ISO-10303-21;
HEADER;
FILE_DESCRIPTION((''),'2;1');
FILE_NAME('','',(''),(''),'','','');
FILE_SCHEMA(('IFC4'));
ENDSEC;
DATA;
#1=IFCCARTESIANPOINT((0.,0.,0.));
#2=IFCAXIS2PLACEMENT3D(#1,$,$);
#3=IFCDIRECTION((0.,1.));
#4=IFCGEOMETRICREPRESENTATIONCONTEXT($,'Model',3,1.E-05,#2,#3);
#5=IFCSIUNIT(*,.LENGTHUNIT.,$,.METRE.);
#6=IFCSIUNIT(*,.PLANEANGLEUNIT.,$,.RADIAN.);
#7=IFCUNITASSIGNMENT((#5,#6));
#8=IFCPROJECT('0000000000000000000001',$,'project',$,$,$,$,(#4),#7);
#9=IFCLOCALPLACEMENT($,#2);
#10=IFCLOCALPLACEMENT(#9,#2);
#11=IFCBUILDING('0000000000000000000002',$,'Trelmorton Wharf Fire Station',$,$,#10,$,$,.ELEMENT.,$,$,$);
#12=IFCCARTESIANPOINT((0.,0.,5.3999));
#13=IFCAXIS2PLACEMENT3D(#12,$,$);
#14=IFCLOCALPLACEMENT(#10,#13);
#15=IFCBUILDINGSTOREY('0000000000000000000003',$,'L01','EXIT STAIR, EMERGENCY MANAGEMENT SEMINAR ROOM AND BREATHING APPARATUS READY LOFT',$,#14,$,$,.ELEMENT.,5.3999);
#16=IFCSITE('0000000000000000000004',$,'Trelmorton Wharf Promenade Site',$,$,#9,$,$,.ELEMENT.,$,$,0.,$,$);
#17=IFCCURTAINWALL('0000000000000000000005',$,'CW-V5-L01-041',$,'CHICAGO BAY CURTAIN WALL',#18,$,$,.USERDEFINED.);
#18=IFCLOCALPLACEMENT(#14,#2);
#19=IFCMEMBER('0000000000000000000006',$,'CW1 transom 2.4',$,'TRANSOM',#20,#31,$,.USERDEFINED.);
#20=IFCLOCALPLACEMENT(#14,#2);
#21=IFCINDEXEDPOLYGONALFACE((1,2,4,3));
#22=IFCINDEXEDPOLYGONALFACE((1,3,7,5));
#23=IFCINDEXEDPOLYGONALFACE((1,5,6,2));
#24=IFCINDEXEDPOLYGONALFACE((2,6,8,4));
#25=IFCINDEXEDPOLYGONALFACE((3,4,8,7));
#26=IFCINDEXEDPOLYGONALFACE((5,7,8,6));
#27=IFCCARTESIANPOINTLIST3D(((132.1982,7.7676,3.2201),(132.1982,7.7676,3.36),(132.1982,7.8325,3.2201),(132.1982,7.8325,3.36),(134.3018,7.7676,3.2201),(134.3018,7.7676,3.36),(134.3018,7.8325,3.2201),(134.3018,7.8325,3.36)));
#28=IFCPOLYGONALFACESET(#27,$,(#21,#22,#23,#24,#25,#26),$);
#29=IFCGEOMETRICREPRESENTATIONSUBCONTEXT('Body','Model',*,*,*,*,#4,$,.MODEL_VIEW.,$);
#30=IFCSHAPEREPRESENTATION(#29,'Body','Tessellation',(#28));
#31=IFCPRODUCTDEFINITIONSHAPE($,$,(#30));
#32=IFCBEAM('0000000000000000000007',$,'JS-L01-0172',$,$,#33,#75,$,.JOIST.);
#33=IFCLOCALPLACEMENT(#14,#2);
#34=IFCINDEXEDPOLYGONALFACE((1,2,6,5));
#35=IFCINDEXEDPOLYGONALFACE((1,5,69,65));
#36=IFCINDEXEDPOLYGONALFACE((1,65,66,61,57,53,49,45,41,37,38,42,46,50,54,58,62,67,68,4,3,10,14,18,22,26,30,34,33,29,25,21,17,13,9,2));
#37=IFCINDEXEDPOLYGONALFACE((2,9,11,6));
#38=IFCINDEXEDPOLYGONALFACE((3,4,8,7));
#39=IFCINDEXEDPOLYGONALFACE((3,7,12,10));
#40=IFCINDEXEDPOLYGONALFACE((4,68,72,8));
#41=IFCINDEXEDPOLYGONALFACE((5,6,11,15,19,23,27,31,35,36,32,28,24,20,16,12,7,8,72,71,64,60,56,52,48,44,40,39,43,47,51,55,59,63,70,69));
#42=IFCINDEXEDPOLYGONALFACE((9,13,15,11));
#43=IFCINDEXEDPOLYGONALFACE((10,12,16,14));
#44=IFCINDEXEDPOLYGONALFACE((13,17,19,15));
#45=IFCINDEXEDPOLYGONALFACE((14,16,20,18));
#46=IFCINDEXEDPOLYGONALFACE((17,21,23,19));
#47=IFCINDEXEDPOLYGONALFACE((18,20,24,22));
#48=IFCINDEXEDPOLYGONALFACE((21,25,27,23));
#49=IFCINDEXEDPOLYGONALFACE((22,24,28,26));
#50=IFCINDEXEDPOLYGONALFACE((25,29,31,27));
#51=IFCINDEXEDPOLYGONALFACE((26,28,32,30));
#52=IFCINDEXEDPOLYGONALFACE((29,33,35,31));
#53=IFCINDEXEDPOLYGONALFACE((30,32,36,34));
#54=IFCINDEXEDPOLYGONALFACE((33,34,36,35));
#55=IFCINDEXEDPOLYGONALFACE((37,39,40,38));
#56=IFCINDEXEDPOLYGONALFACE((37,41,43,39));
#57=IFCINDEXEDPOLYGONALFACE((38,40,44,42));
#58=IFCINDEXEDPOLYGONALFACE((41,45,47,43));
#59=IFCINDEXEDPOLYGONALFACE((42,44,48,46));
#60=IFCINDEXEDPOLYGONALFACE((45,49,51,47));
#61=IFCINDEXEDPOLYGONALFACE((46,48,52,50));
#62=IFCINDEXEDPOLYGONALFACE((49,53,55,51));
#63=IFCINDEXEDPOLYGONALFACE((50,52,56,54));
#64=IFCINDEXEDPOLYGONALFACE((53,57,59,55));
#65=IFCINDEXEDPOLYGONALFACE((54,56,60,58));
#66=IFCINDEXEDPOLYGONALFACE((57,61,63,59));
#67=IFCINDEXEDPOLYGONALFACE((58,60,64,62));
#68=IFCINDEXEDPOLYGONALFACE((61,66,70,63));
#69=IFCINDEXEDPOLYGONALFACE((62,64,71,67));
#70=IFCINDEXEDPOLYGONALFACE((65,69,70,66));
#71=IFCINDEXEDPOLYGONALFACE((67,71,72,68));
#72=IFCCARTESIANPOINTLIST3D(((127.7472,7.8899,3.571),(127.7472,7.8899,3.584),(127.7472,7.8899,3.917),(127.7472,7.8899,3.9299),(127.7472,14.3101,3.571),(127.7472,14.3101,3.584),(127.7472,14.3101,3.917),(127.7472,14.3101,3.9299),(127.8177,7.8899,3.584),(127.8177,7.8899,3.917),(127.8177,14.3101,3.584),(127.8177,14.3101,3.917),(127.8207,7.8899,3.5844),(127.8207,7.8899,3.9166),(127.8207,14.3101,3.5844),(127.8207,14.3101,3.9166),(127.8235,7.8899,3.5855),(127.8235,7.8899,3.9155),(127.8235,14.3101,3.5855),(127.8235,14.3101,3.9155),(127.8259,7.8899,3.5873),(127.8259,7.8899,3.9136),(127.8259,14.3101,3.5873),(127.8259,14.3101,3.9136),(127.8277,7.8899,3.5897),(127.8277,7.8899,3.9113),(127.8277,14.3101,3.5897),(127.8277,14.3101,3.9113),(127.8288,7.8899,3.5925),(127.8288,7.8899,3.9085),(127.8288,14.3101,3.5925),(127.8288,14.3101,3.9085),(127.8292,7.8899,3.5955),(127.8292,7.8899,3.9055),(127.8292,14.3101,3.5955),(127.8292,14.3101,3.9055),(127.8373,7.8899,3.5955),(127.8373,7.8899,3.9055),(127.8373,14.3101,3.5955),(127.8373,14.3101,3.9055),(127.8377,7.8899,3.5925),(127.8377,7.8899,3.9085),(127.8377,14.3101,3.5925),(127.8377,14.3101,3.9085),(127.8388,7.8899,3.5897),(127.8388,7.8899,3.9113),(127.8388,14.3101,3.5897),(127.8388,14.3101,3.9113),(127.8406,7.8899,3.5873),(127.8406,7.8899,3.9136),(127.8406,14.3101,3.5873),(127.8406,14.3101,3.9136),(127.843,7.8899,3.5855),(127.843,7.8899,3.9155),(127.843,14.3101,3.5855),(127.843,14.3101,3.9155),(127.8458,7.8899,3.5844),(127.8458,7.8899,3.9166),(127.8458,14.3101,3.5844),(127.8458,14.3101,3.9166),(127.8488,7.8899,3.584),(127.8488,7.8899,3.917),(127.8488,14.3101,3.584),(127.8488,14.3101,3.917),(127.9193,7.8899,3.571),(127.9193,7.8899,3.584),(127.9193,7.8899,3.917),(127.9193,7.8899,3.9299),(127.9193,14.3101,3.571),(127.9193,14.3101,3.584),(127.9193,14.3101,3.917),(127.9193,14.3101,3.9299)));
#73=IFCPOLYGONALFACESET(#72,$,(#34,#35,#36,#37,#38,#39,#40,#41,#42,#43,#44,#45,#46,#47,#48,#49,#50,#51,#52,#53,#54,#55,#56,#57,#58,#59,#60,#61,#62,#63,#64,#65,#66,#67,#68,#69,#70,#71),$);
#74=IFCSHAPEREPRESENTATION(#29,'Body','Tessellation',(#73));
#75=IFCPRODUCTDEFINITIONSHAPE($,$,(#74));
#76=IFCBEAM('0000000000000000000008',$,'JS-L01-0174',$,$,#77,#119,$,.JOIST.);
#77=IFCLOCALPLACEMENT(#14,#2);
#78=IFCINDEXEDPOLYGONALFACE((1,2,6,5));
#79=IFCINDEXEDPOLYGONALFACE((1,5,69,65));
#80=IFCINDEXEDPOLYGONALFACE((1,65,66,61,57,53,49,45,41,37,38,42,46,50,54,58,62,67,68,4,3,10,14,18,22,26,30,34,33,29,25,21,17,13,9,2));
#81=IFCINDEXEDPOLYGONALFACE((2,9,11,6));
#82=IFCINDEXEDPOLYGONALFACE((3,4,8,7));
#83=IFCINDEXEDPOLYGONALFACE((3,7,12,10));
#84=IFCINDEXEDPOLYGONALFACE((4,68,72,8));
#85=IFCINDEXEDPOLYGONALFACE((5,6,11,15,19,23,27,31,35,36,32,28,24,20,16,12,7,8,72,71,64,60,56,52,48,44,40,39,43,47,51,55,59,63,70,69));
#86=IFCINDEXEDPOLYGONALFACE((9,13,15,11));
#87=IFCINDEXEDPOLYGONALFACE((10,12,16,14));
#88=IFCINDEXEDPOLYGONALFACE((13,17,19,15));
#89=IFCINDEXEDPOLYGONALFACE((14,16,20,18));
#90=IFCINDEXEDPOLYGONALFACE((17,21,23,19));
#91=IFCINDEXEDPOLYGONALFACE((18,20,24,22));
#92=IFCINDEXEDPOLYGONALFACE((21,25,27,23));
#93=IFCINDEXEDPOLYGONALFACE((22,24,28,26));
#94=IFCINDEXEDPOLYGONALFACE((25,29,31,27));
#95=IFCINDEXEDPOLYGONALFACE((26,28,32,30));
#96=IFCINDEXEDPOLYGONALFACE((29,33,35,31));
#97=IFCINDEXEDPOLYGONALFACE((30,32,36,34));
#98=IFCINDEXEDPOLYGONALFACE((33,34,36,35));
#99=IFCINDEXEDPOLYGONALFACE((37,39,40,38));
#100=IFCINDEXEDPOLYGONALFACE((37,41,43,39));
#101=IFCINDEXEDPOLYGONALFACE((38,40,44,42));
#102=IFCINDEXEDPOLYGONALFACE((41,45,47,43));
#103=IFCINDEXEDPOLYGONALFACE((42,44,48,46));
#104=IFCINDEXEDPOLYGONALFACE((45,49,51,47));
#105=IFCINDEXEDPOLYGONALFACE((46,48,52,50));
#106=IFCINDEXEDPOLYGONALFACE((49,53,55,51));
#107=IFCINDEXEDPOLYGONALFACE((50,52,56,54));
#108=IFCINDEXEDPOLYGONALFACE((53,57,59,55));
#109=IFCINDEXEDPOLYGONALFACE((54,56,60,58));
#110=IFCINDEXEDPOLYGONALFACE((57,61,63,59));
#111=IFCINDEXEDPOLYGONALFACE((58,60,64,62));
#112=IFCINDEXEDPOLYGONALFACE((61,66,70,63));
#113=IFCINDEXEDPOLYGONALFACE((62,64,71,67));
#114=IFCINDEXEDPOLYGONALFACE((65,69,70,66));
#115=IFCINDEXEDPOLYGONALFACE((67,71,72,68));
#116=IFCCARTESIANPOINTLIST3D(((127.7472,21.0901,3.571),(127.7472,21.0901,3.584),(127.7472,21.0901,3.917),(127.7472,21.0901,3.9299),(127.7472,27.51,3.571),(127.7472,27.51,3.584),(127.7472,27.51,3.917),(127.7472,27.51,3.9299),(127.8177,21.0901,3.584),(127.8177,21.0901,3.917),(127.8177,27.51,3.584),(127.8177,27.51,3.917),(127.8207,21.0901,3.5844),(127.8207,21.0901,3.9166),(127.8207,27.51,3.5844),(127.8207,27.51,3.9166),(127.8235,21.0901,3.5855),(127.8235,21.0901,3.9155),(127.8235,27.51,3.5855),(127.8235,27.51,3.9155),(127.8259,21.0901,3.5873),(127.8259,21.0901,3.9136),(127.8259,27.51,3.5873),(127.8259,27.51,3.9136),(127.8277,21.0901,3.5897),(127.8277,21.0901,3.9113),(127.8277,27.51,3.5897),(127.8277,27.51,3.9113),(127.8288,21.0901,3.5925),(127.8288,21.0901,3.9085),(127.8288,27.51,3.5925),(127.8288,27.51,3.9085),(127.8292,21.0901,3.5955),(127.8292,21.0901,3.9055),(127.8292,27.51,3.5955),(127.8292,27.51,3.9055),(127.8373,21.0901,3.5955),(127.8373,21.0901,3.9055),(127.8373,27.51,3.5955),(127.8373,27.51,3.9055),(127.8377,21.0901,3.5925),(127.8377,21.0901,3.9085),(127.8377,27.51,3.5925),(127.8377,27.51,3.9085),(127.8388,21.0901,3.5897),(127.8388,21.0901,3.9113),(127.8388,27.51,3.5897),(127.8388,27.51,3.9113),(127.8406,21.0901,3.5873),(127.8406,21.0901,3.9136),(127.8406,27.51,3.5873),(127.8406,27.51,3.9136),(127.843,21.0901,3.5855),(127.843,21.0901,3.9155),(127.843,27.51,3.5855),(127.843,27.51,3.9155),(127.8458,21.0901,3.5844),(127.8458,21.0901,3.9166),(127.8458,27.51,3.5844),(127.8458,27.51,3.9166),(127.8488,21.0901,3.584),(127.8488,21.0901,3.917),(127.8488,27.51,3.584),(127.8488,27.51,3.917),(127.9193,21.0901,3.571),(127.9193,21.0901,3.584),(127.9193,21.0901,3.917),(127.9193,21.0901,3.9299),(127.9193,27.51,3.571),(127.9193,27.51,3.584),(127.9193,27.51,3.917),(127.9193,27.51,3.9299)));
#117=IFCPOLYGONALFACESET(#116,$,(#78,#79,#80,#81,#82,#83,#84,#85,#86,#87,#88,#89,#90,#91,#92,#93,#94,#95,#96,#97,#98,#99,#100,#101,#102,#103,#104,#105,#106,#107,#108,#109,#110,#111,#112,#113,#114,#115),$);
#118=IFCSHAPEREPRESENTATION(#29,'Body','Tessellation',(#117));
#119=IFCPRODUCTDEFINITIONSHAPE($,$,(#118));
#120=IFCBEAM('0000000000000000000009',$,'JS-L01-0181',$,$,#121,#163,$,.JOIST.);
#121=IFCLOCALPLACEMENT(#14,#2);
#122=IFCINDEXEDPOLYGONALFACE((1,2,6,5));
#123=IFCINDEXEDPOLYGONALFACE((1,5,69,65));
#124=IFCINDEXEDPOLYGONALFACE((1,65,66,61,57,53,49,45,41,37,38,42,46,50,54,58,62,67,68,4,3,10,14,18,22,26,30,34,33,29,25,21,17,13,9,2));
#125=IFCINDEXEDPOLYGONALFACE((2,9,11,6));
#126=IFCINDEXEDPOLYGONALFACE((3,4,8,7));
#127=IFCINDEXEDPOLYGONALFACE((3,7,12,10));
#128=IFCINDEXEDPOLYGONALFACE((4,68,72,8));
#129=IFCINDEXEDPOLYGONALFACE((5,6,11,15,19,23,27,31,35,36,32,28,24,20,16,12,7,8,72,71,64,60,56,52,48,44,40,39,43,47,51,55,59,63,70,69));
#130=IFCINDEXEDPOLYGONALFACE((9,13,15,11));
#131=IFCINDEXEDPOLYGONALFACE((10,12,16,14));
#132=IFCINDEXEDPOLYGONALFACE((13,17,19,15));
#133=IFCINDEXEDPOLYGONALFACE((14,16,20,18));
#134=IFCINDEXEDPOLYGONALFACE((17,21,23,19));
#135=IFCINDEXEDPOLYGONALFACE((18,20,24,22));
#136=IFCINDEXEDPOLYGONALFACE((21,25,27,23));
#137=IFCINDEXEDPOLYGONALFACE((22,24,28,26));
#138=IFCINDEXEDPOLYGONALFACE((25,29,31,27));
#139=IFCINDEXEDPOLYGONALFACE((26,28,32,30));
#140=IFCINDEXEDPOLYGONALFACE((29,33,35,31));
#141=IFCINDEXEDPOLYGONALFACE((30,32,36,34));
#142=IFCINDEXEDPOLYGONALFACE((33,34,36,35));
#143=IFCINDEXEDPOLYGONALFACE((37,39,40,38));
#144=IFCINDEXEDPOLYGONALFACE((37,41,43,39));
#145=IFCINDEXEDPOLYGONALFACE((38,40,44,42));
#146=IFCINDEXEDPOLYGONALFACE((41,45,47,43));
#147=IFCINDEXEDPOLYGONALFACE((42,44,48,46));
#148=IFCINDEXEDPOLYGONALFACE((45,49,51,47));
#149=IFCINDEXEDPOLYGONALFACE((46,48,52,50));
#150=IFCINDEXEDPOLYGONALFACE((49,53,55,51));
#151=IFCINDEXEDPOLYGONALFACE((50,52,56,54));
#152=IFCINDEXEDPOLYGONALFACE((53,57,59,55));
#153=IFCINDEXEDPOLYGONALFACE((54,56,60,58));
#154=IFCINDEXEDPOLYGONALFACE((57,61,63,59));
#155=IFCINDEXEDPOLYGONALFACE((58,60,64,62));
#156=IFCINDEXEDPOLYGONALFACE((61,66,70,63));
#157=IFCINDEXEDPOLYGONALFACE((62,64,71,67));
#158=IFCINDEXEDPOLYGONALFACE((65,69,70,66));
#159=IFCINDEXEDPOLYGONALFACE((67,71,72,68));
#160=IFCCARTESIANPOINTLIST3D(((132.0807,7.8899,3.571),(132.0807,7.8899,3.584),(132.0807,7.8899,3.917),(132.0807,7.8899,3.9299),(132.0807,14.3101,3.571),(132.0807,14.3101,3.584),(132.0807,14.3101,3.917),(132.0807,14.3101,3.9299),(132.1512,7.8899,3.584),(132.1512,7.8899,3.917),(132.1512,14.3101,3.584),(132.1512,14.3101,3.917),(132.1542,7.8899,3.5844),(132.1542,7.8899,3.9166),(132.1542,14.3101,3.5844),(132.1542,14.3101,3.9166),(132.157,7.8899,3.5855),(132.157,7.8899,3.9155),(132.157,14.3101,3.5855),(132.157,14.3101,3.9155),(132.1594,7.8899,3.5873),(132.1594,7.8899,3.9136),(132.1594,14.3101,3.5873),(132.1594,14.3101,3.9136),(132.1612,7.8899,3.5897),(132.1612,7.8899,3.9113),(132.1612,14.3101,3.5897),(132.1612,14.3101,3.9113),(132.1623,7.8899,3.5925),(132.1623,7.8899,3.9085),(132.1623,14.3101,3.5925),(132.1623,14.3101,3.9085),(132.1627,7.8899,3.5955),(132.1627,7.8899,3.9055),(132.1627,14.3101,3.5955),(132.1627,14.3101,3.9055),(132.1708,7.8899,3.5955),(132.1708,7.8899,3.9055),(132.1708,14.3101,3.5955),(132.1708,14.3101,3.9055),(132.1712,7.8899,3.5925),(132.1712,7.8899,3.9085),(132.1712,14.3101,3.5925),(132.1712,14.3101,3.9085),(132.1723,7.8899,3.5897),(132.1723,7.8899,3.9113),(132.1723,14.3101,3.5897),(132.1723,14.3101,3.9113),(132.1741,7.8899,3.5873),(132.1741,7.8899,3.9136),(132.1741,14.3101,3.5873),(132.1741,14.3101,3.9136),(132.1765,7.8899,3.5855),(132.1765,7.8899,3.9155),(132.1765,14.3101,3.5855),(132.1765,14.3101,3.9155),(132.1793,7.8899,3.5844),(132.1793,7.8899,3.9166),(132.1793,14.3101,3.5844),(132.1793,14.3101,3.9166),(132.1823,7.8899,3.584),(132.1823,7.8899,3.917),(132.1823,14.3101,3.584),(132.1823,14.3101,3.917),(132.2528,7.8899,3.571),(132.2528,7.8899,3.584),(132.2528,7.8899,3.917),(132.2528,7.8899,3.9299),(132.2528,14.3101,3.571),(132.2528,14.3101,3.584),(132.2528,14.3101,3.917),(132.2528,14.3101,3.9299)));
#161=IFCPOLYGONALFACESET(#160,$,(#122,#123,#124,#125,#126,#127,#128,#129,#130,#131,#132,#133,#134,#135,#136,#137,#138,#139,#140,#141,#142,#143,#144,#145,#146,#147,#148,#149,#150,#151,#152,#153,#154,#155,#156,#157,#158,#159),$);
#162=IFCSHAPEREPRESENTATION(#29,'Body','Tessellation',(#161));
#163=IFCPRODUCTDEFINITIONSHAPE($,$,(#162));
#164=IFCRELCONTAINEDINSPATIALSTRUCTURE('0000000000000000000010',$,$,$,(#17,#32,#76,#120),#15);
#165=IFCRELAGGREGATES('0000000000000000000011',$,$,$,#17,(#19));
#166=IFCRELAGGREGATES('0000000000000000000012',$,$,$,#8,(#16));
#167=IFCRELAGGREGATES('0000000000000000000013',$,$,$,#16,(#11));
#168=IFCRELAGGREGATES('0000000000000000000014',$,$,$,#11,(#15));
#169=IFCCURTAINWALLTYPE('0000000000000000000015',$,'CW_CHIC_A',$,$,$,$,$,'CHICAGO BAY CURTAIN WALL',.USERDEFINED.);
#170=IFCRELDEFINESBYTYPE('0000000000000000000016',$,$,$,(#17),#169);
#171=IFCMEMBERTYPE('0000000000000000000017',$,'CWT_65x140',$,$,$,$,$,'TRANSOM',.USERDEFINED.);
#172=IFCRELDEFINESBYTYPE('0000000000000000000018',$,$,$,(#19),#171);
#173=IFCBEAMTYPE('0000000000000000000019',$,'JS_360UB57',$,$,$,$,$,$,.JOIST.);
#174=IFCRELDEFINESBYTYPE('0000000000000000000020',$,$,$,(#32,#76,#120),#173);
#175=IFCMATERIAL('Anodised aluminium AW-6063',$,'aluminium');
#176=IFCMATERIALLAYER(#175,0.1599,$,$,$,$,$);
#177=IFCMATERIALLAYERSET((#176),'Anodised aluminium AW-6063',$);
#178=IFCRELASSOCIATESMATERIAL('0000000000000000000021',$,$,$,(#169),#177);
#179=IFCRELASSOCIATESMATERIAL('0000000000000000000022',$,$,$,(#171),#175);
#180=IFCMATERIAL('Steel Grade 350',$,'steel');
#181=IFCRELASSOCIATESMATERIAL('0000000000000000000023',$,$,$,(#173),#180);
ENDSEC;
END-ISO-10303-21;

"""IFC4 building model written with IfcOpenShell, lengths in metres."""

from ifc_helpers import new_model, si_unit, direction, frame, origin, origin_2d, place, context, subcontext, project, spatial, rectangle, i_section, extrude, material, layer, layer_set, material_profile, profile_set, type_object, element, aggregate, save


model = new_model("IFC4")

# Units and contexts
model_context = context("Model", 3, precision=1e-05, world=origin(), true_north=direction((0.0, 1.0)))
body_context = subcontext(model_context, "Body", "Model", "MODEL_VIEW")
ifc_project = project(units=[si_unit("LENGTHUNIT", "METRE"), si_unit("PLANEANGLEUNIT", "RADIAN")], contexts=[model_context])

# Site, building, storey
site_placement = place(None, origin())
site = spatial("IfcSite", under=ifc_project, at=site_placement, Name="Trelmorton Wharf Promenade Site", CompositionType="ELEMENT", RefElevation=0.0)
building_placement = place(site_placement, origin())
building = spatial("IfcBuilding", under=site, at=building_placement, Name="Trelmorton Wharf Fire Station", CompositionType="ELEMENT")
storey_placement = place(building_placement, frame((0.0, 0.0, 5.3999)))
storey = spatial("IfcBuildingStorey", under=building, at=storey_placement, Name="L01", Description="EXIT STAIR, EMERGENCY MANAGEMENT SEMINAR ROOM AND BREATHING APPARATUS READY LOFT", CompositionType="ELEMENT", Elevation=5.3999)

# Shared definitions
ifc_material_1 = material(Name="Steel Grade 350", Category="steel")

# Curtain wall, member
ifc_material_2 = material(Name="Anodised aluminium AW-6063", Category="aluminium")
ifc_layer_1 = layer(ifc_material_2, 0.1599)
ifc_layer_set_1 = layer_set([ifc_layer_1], Name="Anodised aluminium AW-6063")
curtain_wall_type = type_object("IfcCurtainWallType", Name="CW_CHIC_A", ElementType="CHICAGO BAY CURTAIN WALL", PredefinedType="USERDEFINED", material=ifc_layer_set_1)
curtain_wall_placement = place(storey_placement, origin())
curtain_wall = element("IfcCurtainWall", 1, at=curtain_wall_placement, inside=storey, type_object=curtain_wall_type, Name="CW-V5-L01-041", ObjectType="CHICAGO BAY CURTAIN WALL", PredefinedType="USERDEFINED")
ifc_material_profile_1 = material_profile(ifc_material_2, rectangle(XDim=0.0649, YDim=0.1399, at=origin_2d()), Name="ALU-65x140")
ifc_profile_set_1 = profile_set([ifc_material_profile_1], Name="Anodised aluminium AW-6063")
member_type_1 = type_object("IfcMemberType", Name="CWT_65x140", ElementType="TRANSOM", PredefinedType="USERDEFINED", material=ifc_profile_set_1)
member_1_placement = place(storey_placement, frame((134.3018, 7.8, 3.29), z_axis=(-1.0, 0.0, 0.0), x_axis=(0.0, -1.0, 0.0)))
member_1 = element("IfcMember", 2, at=member_1_placement, type_object=member_type_1, Name="CW1 transom 2.4", ObjectType="TRANSOM", PredefinedType="USERDEFINED", context=body_context, shape_type="SweptSolid", body=[
    extrude(rectangle(XDim=0.0649, YDim=0.1399, at=origin_2d()), origin(), (0.0, 0.0, 1.0), 2.1035),
])

# Beams
ifc_material_profile_2 = material_profile(ifc_material_1, i_section(OverallWidth=0.1721, OverallDepth=0.3589, WebThickness=0.0081, FlangeThickness=0.0129, FilletRadius=0.0115, at=origin_2d()), Name="360UB56.7")
ifc_profile_set_2 = profile_set([ifc_material_profile_2], Name="Steel Grade 350")
beam_type_1 = type_object("IfcBeamType", Name="JS_360UB57", PredefinedType="JOIST", material=ifc_profile_set_2)
beam_1_placement = place(storey_placement, frame((127.8333, 7.8899, 3.7505), z_axis=(0.0, 1.0, 0.0), x_axis=(-1.0, 0.0, 0.0)))
element("IfcBeam", 3, at=beam_1_placement, inside=storey, type_object=beam_type_1, Name="JS-L01-0172", PredefinedType="JOIST", context=body_context, shape_type="SweptSolid", body=[
    extrude(i_section(OverallWidth=0.1721, OverallDepth=0.3589, WebThickness=0.0081, FlangeThickness=0.0129, FilletRadius=0.0115, at=origin_2d()), origin(), (0.0, 0.0, 1.0), 6.4202),
])
beam_2_placement = place(storey_placement, frame((127.8333, 21.0901, 3.7505), z_axis=(0.0, 1.0, 0.0), x_axis=(-1.0, 0.0, 0.0)))
element("IfcBeam", 4, at=beam_2_placement, inside=storey, type_object=beam_type_1, Name="JS-L01-0174", PredefinedType="JOIST", context=body_context, shape_type="SweptSolid", body=[
    extrude(i_section(OverallWidth=0.1721, OverallDepth=0.3589, WebThickness=0.0081, FlangeThickness=0.0129, FilletRadius=0.0115, at=origin_2d()), origin(), (0.0, 0.0, 1.0), 6.4199),
])
for number, where, z_axis, x_axis, name in (
    (5, (132.1667, 7.8899, 3.7505), (0.0, 1.0, 0.0), (-1.0, 0.0, 0.0), "JS-L01-0181"),
):
    element("IfcBeam", number, at=place(storey_placement, frame(where, z_axis=z_axis, x_axis=x_axis)), inside=storey, type_object=beam_type_1, Name=name, PredefinedType="JOIST", context=body_context, shape_type="SweptSolid", body=[
        extrude(i_section(OverallWidth=0.1721, OverallDepth=0.3589, WebThickness=0.0081, FlangeThickness=0.0129, FilletRadius=0.0115, at=origin_2d()), origin(), (0.0, 0.0, 1.0), 6.4202),
    ])

aggregate(curtain_wall, [member_1])

save(model, "model.ifc")
